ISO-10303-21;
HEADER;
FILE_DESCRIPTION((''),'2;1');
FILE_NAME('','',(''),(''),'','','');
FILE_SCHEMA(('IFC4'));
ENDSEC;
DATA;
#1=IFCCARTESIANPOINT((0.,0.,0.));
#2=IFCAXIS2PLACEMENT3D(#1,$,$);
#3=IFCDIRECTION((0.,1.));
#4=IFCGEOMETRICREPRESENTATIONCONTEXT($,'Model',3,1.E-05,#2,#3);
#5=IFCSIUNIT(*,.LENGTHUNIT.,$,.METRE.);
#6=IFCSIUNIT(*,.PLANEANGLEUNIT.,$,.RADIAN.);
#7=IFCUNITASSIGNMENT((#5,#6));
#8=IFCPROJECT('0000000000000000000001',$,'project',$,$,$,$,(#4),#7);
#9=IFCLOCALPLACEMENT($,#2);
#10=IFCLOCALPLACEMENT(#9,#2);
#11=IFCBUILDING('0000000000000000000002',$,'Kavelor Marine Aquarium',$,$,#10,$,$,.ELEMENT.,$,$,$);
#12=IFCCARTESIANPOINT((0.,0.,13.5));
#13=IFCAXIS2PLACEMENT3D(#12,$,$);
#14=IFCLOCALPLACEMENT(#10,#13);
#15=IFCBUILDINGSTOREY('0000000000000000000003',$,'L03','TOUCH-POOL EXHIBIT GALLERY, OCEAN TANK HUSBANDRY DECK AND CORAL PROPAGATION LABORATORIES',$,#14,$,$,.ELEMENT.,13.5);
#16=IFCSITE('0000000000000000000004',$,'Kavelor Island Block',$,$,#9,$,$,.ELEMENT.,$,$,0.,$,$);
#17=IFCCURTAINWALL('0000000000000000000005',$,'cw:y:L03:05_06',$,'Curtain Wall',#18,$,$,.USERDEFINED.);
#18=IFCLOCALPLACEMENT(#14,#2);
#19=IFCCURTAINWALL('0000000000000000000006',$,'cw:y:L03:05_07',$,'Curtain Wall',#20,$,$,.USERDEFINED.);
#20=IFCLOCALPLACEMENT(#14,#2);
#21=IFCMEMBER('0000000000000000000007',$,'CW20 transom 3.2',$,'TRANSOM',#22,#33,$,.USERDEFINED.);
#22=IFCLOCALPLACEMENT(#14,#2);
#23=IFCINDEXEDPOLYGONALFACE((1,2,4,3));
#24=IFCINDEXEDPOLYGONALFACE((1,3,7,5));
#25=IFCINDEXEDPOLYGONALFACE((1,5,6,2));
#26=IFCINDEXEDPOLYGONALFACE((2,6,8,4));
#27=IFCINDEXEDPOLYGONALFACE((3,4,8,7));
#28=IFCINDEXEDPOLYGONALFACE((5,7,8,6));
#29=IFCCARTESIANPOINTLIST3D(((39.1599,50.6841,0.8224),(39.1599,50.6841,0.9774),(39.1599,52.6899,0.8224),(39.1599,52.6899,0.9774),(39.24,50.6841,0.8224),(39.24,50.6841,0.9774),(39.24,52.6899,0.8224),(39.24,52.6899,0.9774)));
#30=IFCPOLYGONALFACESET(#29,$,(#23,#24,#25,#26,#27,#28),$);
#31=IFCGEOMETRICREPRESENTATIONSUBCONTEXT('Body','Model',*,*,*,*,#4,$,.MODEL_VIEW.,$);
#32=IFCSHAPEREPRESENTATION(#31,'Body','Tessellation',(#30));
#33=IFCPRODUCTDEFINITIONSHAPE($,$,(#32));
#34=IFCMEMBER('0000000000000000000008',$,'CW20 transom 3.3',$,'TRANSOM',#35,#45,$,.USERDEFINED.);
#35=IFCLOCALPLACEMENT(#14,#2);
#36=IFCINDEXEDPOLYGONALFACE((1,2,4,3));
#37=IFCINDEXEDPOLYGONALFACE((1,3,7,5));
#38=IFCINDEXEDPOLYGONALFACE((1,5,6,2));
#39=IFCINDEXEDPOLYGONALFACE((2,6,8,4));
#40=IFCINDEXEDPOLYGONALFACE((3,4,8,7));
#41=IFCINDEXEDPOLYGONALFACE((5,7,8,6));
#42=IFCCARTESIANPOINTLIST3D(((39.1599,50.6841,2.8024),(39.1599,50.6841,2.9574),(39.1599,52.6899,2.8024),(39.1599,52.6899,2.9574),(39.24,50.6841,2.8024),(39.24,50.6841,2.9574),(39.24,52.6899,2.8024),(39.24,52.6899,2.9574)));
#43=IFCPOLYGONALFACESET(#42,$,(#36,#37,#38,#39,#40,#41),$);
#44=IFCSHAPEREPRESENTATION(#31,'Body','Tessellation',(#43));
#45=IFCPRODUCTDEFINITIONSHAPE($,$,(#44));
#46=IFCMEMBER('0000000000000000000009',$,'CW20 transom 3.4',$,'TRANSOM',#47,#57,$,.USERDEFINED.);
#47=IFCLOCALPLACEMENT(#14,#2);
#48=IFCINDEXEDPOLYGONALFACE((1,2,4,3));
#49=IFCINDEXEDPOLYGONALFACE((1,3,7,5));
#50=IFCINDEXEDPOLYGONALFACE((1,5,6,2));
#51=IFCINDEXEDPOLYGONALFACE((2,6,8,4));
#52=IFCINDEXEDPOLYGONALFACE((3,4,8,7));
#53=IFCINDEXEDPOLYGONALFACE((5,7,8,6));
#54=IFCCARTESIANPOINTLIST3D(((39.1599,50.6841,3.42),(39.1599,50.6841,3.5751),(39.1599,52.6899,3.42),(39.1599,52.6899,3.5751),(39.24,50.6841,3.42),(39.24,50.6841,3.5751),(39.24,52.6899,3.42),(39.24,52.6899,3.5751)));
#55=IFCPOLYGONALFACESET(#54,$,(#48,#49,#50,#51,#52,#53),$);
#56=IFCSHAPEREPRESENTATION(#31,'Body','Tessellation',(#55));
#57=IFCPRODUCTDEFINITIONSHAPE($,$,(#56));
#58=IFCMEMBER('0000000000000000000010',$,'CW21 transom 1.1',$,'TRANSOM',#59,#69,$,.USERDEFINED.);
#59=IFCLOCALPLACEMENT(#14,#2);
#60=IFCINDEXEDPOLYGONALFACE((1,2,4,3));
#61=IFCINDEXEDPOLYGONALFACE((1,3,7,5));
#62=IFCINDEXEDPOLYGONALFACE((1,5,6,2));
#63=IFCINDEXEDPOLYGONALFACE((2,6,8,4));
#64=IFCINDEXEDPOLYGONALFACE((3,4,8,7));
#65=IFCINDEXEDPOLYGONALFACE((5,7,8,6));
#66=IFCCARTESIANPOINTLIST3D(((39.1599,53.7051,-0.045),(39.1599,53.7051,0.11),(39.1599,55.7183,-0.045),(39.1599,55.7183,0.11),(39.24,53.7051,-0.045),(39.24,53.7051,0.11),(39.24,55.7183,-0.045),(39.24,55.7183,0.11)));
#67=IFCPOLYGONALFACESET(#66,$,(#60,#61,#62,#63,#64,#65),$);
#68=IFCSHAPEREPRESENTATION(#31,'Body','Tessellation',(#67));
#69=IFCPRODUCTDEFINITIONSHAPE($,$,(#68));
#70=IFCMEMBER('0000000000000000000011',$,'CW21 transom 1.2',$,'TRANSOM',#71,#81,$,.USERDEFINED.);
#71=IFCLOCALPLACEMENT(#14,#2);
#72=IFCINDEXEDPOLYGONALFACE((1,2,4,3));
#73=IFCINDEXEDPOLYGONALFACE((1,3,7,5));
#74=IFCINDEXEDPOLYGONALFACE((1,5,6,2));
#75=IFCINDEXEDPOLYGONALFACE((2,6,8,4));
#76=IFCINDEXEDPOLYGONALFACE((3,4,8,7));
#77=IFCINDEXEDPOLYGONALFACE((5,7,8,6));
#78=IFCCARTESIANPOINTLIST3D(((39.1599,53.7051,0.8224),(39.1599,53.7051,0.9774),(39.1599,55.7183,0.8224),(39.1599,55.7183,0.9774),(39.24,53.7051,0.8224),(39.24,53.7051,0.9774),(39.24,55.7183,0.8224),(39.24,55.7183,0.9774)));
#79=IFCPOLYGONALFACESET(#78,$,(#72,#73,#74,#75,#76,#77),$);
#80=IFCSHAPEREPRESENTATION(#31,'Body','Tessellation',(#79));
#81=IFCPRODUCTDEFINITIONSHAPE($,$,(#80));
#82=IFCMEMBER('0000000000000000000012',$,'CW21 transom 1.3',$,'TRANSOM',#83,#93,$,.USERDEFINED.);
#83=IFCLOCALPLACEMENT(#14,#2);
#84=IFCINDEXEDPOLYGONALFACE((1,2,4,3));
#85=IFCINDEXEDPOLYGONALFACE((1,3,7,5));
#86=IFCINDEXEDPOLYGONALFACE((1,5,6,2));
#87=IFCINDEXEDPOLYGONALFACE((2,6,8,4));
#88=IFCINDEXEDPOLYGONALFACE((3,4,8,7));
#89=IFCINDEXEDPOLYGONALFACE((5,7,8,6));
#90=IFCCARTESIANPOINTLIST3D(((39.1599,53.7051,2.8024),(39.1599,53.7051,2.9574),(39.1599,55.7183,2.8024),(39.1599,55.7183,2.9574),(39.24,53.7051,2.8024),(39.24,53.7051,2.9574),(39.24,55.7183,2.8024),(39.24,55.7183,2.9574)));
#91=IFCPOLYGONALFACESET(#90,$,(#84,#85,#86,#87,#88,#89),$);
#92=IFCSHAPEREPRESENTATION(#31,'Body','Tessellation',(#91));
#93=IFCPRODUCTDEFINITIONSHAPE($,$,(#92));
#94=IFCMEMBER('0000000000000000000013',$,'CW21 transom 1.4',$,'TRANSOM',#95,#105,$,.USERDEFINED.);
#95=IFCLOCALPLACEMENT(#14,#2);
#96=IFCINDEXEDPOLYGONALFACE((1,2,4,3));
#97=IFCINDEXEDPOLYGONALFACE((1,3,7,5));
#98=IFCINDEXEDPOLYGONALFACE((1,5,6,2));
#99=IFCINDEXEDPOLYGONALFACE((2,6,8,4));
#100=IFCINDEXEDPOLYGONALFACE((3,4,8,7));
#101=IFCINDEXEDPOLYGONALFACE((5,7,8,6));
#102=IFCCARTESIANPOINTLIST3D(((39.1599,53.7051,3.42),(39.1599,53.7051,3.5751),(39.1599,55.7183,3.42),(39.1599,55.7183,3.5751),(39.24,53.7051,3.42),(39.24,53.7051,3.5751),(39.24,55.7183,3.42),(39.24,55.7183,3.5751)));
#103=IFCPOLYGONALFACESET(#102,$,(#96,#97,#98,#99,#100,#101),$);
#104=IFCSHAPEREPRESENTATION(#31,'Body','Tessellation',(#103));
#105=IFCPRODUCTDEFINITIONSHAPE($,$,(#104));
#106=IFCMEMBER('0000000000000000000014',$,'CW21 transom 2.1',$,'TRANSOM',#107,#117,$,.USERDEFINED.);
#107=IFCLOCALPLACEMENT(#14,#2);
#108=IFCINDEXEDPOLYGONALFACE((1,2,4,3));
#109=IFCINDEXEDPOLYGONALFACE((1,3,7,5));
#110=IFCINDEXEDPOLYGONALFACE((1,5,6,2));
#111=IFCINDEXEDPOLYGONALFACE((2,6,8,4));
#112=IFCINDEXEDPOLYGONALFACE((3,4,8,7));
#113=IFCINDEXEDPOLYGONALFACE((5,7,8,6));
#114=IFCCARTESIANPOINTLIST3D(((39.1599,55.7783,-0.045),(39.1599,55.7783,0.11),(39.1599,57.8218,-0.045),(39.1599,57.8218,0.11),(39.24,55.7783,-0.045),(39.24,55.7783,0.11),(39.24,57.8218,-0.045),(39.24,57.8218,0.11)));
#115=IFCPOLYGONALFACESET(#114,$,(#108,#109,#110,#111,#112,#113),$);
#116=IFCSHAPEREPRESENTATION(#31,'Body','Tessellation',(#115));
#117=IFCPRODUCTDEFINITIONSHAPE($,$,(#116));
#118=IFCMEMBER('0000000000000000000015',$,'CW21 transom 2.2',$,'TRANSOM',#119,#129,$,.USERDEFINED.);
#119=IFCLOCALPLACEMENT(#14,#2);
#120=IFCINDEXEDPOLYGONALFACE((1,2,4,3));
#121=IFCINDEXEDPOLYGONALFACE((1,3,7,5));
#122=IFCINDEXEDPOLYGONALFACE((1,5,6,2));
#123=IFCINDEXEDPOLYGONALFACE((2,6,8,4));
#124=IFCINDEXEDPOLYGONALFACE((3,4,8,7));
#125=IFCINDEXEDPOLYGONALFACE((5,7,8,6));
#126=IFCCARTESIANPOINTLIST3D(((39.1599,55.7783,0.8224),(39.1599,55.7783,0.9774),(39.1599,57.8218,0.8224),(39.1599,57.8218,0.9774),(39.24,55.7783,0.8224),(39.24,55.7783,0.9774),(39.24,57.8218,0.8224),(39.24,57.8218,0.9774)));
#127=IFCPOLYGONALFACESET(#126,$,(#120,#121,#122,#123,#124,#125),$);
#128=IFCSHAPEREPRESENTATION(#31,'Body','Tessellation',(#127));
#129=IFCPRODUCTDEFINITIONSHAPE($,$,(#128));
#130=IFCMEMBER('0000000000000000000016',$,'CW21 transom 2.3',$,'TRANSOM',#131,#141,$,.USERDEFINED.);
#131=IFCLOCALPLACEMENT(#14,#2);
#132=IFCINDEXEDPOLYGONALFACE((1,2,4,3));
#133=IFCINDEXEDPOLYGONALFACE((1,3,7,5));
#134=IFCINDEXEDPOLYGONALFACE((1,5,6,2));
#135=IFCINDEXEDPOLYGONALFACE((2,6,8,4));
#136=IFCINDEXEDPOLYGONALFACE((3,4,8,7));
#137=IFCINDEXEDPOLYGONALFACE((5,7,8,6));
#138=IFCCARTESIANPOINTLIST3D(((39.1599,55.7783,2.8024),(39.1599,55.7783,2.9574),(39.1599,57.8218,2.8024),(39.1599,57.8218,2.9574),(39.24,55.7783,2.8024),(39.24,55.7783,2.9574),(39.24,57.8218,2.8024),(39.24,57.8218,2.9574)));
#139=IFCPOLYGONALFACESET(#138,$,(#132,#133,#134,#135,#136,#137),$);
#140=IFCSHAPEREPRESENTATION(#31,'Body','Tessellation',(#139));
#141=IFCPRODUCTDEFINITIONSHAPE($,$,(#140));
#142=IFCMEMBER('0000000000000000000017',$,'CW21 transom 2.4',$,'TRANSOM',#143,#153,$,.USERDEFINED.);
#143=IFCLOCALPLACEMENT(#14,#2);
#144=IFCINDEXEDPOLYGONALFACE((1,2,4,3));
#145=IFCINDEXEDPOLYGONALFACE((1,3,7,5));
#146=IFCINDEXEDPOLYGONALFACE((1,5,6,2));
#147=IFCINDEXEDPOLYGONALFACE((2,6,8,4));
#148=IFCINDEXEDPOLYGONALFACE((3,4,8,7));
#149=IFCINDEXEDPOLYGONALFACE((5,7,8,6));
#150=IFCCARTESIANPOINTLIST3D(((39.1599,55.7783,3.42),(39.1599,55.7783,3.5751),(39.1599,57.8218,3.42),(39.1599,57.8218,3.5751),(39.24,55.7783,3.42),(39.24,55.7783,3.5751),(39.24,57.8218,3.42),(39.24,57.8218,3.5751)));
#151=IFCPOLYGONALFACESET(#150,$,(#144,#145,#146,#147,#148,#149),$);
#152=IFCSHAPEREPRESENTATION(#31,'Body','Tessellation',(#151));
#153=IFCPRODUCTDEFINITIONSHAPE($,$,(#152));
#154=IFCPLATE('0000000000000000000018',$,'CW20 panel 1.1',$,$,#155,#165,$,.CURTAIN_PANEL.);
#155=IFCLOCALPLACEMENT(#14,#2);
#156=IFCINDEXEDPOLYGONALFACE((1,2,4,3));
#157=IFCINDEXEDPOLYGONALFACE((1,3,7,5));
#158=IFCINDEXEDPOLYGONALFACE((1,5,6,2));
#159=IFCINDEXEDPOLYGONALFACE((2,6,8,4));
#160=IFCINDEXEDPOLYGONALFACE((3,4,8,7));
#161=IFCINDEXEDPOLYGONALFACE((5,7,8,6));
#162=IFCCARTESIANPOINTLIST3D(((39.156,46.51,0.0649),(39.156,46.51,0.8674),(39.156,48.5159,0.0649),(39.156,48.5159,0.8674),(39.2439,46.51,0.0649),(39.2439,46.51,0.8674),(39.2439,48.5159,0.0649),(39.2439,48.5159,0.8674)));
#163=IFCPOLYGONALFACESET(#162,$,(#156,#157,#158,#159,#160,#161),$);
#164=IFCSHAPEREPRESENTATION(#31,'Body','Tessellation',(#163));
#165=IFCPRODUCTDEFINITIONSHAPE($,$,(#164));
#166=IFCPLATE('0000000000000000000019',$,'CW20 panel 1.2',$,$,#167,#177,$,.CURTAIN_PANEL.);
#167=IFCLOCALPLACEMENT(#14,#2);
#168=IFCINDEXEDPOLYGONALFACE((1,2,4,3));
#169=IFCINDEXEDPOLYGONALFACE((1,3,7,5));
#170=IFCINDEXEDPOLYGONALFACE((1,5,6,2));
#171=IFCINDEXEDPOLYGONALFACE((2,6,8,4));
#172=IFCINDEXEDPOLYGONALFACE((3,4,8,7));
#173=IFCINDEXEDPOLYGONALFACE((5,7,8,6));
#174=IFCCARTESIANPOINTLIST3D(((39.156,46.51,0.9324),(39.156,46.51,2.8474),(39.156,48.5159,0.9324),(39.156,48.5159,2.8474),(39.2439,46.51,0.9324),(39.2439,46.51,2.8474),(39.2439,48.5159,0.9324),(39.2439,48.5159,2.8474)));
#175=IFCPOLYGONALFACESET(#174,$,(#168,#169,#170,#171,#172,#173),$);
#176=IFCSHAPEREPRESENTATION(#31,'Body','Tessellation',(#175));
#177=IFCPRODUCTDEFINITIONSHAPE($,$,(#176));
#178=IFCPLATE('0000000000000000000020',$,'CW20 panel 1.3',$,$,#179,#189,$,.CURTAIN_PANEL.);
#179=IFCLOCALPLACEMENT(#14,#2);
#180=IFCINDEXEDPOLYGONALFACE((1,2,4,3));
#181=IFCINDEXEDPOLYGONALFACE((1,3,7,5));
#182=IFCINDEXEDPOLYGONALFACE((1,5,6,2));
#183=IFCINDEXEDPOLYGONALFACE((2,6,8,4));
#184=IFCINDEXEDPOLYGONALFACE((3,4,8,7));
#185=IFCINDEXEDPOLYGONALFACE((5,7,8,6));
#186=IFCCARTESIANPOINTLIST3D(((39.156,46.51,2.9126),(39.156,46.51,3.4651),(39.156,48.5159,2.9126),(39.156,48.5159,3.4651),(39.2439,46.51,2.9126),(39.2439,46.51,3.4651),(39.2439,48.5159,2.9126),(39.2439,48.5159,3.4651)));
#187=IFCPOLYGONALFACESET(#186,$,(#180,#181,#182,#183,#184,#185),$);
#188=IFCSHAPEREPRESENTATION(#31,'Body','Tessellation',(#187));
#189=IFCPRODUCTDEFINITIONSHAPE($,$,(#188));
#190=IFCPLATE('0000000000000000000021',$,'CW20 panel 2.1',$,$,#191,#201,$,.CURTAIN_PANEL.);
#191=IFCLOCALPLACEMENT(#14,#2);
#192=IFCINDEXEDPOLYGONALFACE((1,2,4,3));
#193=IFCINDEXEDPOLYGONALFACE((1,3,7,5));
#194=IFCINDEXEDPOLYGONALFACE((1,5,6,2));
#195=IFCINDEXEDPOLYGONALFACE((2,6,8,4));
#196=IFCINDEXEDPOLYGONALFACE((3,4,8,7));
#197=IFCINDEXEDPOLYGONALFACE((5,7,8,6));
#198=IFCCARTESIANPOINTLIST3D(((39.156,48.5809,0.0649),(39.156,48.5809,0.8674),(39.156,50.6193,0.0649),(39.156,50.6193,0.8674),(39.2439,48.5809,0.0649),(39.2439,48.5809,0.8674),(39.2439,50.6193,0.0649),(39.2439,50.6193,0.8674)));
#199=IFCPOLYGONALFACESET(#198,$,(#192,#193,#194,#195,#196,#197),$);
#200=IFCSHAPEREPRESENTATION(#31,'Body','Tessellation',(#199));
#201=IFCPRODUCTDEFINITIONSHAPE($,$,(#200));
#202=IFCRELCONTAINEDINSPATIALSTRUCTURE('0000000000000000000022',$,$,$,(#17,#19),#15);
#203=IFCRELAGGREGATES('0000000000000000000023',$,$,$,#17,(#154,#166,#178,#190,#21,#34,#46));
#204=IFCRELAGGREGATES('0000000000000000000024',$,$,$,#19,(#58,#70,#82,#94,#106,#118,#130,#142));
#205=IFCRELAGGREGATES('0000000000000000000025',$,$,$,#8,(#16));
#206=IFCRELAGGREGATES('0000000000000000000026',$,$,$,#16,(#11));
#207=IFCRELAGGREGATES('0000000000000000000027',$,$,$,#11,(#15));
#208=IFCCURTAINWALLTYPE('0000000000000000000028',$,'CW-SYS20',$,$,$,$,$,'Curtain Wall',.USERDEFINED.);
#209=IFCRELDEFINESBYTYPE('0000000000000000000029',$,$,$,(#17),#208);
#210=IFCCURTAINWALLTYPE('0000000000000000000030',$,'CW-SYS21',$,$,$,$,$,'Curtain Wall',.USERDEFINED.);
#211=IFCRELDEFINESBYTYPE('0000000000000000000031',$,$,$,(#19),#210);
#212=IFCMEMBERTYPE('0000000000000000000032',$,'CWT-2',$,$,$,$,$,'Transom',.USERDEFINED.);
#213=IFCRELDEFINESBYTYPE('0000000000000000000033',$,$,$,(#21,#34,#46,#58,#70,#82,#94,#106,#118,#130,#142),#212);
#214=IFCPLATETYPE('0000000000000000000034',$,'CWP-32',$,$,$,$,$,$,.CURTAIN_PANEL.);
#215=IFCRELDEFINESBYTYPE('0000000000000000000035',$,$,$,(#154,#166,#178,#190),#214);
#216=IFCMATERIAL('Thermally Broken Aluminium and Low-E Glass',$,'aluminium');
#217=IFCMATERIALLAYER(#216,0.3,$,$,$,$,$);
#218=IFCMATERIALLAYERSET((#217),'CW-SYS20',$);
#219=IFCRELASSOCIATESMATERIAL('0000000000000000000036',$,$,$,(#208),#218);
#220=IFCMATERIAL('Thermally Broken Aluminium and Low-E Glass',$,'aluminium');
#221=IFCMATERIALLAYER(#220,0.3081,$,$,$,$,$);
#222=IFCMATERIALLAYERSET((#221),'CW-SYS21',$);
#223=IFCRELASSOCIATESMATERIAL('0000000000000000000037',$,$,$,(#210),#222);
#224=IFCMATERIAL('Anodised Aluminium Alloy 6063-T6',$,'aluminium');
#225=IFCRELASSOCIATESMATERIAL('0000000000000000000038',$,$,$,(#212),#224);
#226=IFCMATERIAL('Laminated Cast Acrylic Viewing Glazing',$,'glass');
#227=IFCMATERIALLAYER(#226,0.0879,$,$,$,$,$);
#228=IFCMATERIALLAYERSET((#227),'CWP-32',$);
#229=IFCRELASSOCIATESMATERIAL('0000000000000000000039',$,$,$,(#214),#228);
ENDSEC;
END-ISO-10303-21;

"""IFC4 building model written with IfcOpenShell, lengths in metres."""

from ifc_helpers import new_model, si_unit, direction, frame, origin, origin_2d, place, context, subcontext, project, spatial, rectangle, extrude, material, layer, layer_set, material_profile, profile_set, type_object, element, aggregate, save


model = new_model("IFC4")

# Units and contexts
model_context = context("Model", 3, precision=1e-05, world=origin(), true_north=direction((0.0, 1.0)))
body_context = subcontext(model_context, "Body", "Model", "MODEL_VIEW")
ifc_project = project(units=[si_unit("LENGTHUNIT", "METRE"), si_unit("PLANEANGLEUNIT", "RADIAN")], contexts=[model_context])

# Site, building, storey
site_placement = place(None, origin())
site = spatial("IfcSite", under=ifc_project, at=site_placement, Name="Kavelor Island Block", CompositionType="ELEMENT", RefElevation=0.0)
building_placement = place(site_placement, origin())
building = spatial("IfcBuilding", under=site, at=building_placement, Name="Kavelor Marine Aquarium", CompositionType="ELEMENT")
storey_placement = place(building_placement, frame((0.0, 0.0, 13.5)))
storey = spatial("IfcBuildingStorey", under=building, at=storey_placement, Name="L03", Description="TOUCH-POOL EXHIBIT GALLERY, OCEAN TANK HUSBANDRY DECK AND CORAL PROPAGATION LABORATORIES", CompositionType="ELEMENT", Elevation=13.5)

# Curtain walls
ifc_material_1 = material(Name="Thermally Broken Aluminium and Low-E Glass", Category="aluminium")
ifc_layer_1 = layer(ifc_material_1, 0.3)
ifc_layer_set_1 = layer_set([ifc_layer_1], Name="CW-SYS20")
curtain_wall_type_1 = type_object("IfcCurtainWallType", Name="CW-SYS20", ElementType="Curtain Wall", PredefinedType="USERDEFINED", material=ifc_layer_set_1)
curtain_wall_1_placement = place(storey_placement, origin())
curtain_wall_1 = element("IfcCurtainWall", 1, at=curtain_wall_1_placement, inside=storey, type_object=curtain_wall_type_1, Name="cw:y:L03:05_06", ObjectType="Curtain Wall", PredefinedType="USERDEFINED")
ifc_material_2 = material(Name="Thermally Broken Aluminium and Low-E Glass", Category="aluminium")
ifc_layer_2 = layer(ifc_material_2, 0.3081)
ifc_layer_set_2 = layer_set([ifc_layer_2], Name="CW-SYS21")
curtain_wall_type_2 = type_object("IfcCurtainWallType", Name="CW-SYS21", ElementType="Curtain Wall", PredefinedType="USERDEFINED", material=ifc_layer_set_2)
curtain_wall_2_placement = place(storey_placement, origin())
curtain_wall_2 = element("IfcCurtainWall", 2, at=curtain_wall_2_placement, inside=storey, type_object=curtain_wall_type_2, Name="cw:y:L03:05_07", ObjectType="Curtain Wall", PredefinedType="USERDEFINED")

# Members
ifc_material_3 = material(Name="Anodised Aluminium Alloy 6063-T6", Category="aluminium")
ifc_material_profile_1 = material_profile(ifc_material_3, rectangle(XDim=0.0801, YDim=0.155, at=origin_2d()), Name="CW-TRN 80x155")
ifc_profile_set_1 = profile_set([ifc_material_profile_1], Name="Anodised Aluminium Alloy 6063-T6")
member_type_1 = type_object("IfcMemberType", Name="CWT-2", ElementType="Transom", PredefinedType="USERDEFINED", material=ifc_profile_set_1)
member_1_placement = place(storey_placement, frame((39.2, 50.6841, 0.8999), z_axis=(0.0, 1.0, 0.0), x_axis=(-1.0, 0.0, 0.0)))
member_1 = element("IfcMember", 3, at=member_1_placement, type_object=member_type_1, Name="CW20 transom 3.2", ObjectType="TRANSOM", PredefinedType="USERDEFINED", context=body_context, shape_type="SweptSolid", body=[
    extrude(rectangle(XDim=0.0801, YDim=0.155, at=origin_2d()), origin(), (0.0, 0.0, 1.0), 2.0059),
])
member_2_placement = place(storey_placement, frame((39.2, 50.6841, 2.8799), z_axis=(0.0, 1.0, 0.0), x_axis=(-1.0, 0.0, 0.0)))
member_2 = element("IfcMember", 4, at=member_2_placement, type_object=member_type_1, Name="CW20 transom 3.3", ObjectType="TRANSOM", PredefinedType="USERDEFINED", context=body_context, shape_type="SweptSolid", body=[
    extrude(rectangle(XDim=0.0801, YDim=0.155, at=origin_2d()), origin(), (0.0, 0.0, 1.0), 2.0059),
])
member_3_placement = place(storey_placement, frame((39.2, 50.6841, 3.4976), z_axis=(0.0, 1.0, 0.0), x_axis=(-1.0, 0.0, 0.0)))
member_3 = element("IfcMember", 5, at=member_3_placement, type_object=member_type_1, Name="CW20 transom 3.4", ObjectType="TRANSOM", PredefinedType="USERDEFINED", context=body_context, shape_type="SweptSolid", body=[
    extrude(rectangle(XDim=0.0801, YDim=0.155, at=origin_2d()), origin(), (0.0, 0.0, 1.0), 2.0059),
])
member_4_placement = place(storey_placement, frame((39.2, 53.7051, 0.0325), z_axis=(0.0, 1.0, 0.0), x_axis=(-1.0, 0.0, 0.0)))
member_4 = element("IfcMember", 6, at=member_4_placement, type_object=member_type_1, Name="CW21 transom 1.1", ObjectType="TRANSOM", PredefinedType="USERDEFINED", context=body_context, shape_type="SweptSolid", body=[
    extrude(rectangle(XDim=0.0801, YDim=0.155, at=origin_2d()), origin(), (0.0, 0.0, 1.0), 2.0132),
])
member_5_placement = place(storey_placement, frame((39.2, 53.7051, 0.8999), z_axis=(0.0, 1.0, 0.0), x_axis=(-1.0, 0.0, 0.0)))
member_5 = element("IfcMember", 7, at=member_5_placement, type_object=member_type_1, Name="CW21 transom 1.2", ObjectType="TRANSOM", PredefinedType="USERDEFINED", context=body_context, shape_type="SweptSolid", body=[
    extrude(rectangle(XDim=0.0801, YDim=0.155, at=origin_2d()), origin(), (0.0, 0.0, 1.0), 2.0132),
])
member_6_placement = place(storey_placement, frame((39.2, 53.7051, 2.8799), z_axis=(0.0, 1.0, 0.0), x_axis=(-1.0, 0.0, 0.0)))
member_6 = element("IfcMember", 8, at=member_6_placement, type_object=member_type_1, Name="CW21 transom 1.3", ObjectType="TRANSOM", PredefinedType="USERDEFINED", context=body_context, shape_type="SweptSolid", body=[
    extrude(rectangle(XDim=0.0801, YDim=0.155, at=origin_2d()), origin(), (0.0, 0.0, 1.0), 2.0132),
])
member_7_placement = place(storey_placement, frame((39.2, 53.7051, 3.4976), z_axis=(0.0, 1.0, 0.0), x_axis=(-1.0, 0.0, 0.0)))
member_7 = element("IfcMember", 9, at=member_7_placement, type_object=member_type_1, Name="CW21 transom 1.4", ObjectType="TRANSOM", PredefinedType="USERDEFINED", context=body_context, shape_type="SweptSolid", body=[
    extrude(rectangle(XDim=0.0801, YDim=0.155, at=origin_2d()), origin(), (0.0, 0.0, 1.0), 2.0132),
])
member_8_placement = place(storey_placement, frame((39.2, 55.7783, 0.0325), z_axis=(0.0, 1.0, 0.0), x_axis=(-1.0, 0.0, 0.0)))
member_8 = element("IfcMember", 10, at=member_8_placement, type_object=member_type_1, Name="CW21 transom 2.1", ObjectType="TRANSOM", PredefinedType="USERDEFINED", context=body_context, shape_type="SweptSolid", body=[
    extrude(rectangle(XDim=0.0801, YDim=0.155, at=origin_2d()), origin(), (0.0, 0.0, 1.0), 2.0435),
])
member_9_placement = place(storey_placement, frame((39.2, 55.7783, 0.8999), z_axis=(0.0, 1.0, 0.0), x_axis=(-1.0, 0.0, 0.0)))
member_9 = element("IfcMember", 11, at=member_9_placement, type_object=member_type_1, Name="CW21 transom 2.2", ObjectType="TRANSOM", PredefinedType="USERDEFINED", context=body_context, shape_type="SweptSolid", body=[
    extrude(rectangle(XDim=0.0801, YDim=0.155, at=origin_2d()), origin(), (0.0, 0.0, 1.0), 2.0435),
])
member_10_placement = place(storey_placement, frame((39.2, 55.7783, 2.8799), z_axis=(0.0, 1.0, 0.0), x_axis=(-1.0, 0.0, 0.0)))
member_10 = element("IfcMember", 12, at=member_10_placement, type_object=member_type_1, Name="CW21 transom 2.3", ObjectType="TRANSOM", PredefinedType="USERDEFINED", context=body_context, shape_type="SweptSolid", body=[
    extrude(rectangle(XDim=0.0801, YDim=0.155, at=origin_2d()), origin(), (0.0, 0.0, 1.0), 2.0435),
])
member_11_placement = place(storey_placement, frame((39.2, 55.7783, 3.4976), z_axis=(0.0, 1.0, 0.0), x_axis=(-1.0, 0.0, 0.0)))
member_11 = element("IfcMember", 13, at=member_11_placement, type_object=member_type_1, Name="CW21 transom 2.4", ObjectType="TRANSOM", PredefinedType="USERDEFINED", context=body_context, shape_type="SweptSolid", body=[
    extrude(rectangle(XDim=0.0801, YDim=0.155, at=origin_2d()), origin(), (0.0, 0.0, 1.0), 2.0435),
])

# Plates
ifc_material_4 = material(Name="Laminated Cast Acrylic Viewing Glazing", Category="glass")
ifc_layer_3 = layer(ifc_material_4, 0.0879)
ifc_layer_set_3 = layer_set([ifc_layer_3], Name="CWP-32")
plate_type_1 = type_object("IfcPlateType", Name="CWP-32", PredefinedType="CURTAIN_PANEL", material=ifc_layer_set_3)
plate_1_placement = place(storey_placement, frame((39.2, 47.5129, 0.0649), z_axis=(0.0, 0.0, 1.0), x_axis=(0.0, 1.0, 0.0)))
plate_1 = element("IfcPlate", 14, at=plate_1_placement, type_object=plate_type_1, Name="CW20 panel 1.1", PredefinedType="CURTAIN_PANEL", context=body_context, shape_type="SweptSolid", body=[
    extrude(rectangle(XDim=2.0059, YDim=0.0879, at=origin_2d()), origin(), (0.0, 0.0, 1.0), 0.8025),
])
plate_2_placement = place(storey_placement, frame((39.2, 47.5129, 0.9324), z_axis=(0.0, 0.0, 1.0), x_axis=(0.0, 1.0, 0.0)))
plate_2 = element("IfcPlate", 15, at=plate_2_placement, type_object=plate_type_1, Name="CW20 panel 1.2", PredefinedType="CURTAIN_PANEL", context=body_context, shape_type="SweptSolid", body=[
    extrude(rectangle(XDim=2.0059, YDim=0.0879, at=origin_2d()), origin(), (0.0, 0.0, 1.0), 1.915),
])
plate_3_placement = place(storey_placement, frame((39.2, 47.5129, 2.9126), z_axis=(0.0, 0.0, 1.0), x_axis=(0.0, 1.0, 0.0)))
plate_3 = element("IfcPlate", 16, at=plate_3_placement, type_object=plate_type_1, Name="CW20 panel 1.3", PredefinedType="CURTAIN_PANEL", context=body_context, shape_type="SweptSolid", body=[
    extrude(rectangle(XDim=2.0059, YDim=0.0879, at=origin_2d()), origin(), (0.0, 0.0, 1.0), 0.5525),
])
plate_4_placement = place(storey_placement, frame((39.2, 49.6001, 0.0649), z_axis=(0.0, 0.0, 1.0), x_axis=(0.0, 1.0, 0.0)))
plate_4 = element("IfcPlate", 17, at=plate_4_placement, type_object=plate_type_1, Name="CW20 panel 2.1", PredefinedType="CURTAIN_PANEL", context=body_context, shape_type="SweptSolid", body=[
    extrude(rectangle(XDim=2.0383, YDim=0.0879, at=origin_2d()), origin(), (0.0, 0.0, 1.0), 0.8025),
])
aggregate(curtain_wall_1, [plate_1, plate_2, plate_3, plate_4, member_1, member_2, member_3])
aggregate(curtain_wall_2, [member_4, member_5, member_6, member_7, member_8, member_9, member_10, member_11])

save(model, "model.ifc")
